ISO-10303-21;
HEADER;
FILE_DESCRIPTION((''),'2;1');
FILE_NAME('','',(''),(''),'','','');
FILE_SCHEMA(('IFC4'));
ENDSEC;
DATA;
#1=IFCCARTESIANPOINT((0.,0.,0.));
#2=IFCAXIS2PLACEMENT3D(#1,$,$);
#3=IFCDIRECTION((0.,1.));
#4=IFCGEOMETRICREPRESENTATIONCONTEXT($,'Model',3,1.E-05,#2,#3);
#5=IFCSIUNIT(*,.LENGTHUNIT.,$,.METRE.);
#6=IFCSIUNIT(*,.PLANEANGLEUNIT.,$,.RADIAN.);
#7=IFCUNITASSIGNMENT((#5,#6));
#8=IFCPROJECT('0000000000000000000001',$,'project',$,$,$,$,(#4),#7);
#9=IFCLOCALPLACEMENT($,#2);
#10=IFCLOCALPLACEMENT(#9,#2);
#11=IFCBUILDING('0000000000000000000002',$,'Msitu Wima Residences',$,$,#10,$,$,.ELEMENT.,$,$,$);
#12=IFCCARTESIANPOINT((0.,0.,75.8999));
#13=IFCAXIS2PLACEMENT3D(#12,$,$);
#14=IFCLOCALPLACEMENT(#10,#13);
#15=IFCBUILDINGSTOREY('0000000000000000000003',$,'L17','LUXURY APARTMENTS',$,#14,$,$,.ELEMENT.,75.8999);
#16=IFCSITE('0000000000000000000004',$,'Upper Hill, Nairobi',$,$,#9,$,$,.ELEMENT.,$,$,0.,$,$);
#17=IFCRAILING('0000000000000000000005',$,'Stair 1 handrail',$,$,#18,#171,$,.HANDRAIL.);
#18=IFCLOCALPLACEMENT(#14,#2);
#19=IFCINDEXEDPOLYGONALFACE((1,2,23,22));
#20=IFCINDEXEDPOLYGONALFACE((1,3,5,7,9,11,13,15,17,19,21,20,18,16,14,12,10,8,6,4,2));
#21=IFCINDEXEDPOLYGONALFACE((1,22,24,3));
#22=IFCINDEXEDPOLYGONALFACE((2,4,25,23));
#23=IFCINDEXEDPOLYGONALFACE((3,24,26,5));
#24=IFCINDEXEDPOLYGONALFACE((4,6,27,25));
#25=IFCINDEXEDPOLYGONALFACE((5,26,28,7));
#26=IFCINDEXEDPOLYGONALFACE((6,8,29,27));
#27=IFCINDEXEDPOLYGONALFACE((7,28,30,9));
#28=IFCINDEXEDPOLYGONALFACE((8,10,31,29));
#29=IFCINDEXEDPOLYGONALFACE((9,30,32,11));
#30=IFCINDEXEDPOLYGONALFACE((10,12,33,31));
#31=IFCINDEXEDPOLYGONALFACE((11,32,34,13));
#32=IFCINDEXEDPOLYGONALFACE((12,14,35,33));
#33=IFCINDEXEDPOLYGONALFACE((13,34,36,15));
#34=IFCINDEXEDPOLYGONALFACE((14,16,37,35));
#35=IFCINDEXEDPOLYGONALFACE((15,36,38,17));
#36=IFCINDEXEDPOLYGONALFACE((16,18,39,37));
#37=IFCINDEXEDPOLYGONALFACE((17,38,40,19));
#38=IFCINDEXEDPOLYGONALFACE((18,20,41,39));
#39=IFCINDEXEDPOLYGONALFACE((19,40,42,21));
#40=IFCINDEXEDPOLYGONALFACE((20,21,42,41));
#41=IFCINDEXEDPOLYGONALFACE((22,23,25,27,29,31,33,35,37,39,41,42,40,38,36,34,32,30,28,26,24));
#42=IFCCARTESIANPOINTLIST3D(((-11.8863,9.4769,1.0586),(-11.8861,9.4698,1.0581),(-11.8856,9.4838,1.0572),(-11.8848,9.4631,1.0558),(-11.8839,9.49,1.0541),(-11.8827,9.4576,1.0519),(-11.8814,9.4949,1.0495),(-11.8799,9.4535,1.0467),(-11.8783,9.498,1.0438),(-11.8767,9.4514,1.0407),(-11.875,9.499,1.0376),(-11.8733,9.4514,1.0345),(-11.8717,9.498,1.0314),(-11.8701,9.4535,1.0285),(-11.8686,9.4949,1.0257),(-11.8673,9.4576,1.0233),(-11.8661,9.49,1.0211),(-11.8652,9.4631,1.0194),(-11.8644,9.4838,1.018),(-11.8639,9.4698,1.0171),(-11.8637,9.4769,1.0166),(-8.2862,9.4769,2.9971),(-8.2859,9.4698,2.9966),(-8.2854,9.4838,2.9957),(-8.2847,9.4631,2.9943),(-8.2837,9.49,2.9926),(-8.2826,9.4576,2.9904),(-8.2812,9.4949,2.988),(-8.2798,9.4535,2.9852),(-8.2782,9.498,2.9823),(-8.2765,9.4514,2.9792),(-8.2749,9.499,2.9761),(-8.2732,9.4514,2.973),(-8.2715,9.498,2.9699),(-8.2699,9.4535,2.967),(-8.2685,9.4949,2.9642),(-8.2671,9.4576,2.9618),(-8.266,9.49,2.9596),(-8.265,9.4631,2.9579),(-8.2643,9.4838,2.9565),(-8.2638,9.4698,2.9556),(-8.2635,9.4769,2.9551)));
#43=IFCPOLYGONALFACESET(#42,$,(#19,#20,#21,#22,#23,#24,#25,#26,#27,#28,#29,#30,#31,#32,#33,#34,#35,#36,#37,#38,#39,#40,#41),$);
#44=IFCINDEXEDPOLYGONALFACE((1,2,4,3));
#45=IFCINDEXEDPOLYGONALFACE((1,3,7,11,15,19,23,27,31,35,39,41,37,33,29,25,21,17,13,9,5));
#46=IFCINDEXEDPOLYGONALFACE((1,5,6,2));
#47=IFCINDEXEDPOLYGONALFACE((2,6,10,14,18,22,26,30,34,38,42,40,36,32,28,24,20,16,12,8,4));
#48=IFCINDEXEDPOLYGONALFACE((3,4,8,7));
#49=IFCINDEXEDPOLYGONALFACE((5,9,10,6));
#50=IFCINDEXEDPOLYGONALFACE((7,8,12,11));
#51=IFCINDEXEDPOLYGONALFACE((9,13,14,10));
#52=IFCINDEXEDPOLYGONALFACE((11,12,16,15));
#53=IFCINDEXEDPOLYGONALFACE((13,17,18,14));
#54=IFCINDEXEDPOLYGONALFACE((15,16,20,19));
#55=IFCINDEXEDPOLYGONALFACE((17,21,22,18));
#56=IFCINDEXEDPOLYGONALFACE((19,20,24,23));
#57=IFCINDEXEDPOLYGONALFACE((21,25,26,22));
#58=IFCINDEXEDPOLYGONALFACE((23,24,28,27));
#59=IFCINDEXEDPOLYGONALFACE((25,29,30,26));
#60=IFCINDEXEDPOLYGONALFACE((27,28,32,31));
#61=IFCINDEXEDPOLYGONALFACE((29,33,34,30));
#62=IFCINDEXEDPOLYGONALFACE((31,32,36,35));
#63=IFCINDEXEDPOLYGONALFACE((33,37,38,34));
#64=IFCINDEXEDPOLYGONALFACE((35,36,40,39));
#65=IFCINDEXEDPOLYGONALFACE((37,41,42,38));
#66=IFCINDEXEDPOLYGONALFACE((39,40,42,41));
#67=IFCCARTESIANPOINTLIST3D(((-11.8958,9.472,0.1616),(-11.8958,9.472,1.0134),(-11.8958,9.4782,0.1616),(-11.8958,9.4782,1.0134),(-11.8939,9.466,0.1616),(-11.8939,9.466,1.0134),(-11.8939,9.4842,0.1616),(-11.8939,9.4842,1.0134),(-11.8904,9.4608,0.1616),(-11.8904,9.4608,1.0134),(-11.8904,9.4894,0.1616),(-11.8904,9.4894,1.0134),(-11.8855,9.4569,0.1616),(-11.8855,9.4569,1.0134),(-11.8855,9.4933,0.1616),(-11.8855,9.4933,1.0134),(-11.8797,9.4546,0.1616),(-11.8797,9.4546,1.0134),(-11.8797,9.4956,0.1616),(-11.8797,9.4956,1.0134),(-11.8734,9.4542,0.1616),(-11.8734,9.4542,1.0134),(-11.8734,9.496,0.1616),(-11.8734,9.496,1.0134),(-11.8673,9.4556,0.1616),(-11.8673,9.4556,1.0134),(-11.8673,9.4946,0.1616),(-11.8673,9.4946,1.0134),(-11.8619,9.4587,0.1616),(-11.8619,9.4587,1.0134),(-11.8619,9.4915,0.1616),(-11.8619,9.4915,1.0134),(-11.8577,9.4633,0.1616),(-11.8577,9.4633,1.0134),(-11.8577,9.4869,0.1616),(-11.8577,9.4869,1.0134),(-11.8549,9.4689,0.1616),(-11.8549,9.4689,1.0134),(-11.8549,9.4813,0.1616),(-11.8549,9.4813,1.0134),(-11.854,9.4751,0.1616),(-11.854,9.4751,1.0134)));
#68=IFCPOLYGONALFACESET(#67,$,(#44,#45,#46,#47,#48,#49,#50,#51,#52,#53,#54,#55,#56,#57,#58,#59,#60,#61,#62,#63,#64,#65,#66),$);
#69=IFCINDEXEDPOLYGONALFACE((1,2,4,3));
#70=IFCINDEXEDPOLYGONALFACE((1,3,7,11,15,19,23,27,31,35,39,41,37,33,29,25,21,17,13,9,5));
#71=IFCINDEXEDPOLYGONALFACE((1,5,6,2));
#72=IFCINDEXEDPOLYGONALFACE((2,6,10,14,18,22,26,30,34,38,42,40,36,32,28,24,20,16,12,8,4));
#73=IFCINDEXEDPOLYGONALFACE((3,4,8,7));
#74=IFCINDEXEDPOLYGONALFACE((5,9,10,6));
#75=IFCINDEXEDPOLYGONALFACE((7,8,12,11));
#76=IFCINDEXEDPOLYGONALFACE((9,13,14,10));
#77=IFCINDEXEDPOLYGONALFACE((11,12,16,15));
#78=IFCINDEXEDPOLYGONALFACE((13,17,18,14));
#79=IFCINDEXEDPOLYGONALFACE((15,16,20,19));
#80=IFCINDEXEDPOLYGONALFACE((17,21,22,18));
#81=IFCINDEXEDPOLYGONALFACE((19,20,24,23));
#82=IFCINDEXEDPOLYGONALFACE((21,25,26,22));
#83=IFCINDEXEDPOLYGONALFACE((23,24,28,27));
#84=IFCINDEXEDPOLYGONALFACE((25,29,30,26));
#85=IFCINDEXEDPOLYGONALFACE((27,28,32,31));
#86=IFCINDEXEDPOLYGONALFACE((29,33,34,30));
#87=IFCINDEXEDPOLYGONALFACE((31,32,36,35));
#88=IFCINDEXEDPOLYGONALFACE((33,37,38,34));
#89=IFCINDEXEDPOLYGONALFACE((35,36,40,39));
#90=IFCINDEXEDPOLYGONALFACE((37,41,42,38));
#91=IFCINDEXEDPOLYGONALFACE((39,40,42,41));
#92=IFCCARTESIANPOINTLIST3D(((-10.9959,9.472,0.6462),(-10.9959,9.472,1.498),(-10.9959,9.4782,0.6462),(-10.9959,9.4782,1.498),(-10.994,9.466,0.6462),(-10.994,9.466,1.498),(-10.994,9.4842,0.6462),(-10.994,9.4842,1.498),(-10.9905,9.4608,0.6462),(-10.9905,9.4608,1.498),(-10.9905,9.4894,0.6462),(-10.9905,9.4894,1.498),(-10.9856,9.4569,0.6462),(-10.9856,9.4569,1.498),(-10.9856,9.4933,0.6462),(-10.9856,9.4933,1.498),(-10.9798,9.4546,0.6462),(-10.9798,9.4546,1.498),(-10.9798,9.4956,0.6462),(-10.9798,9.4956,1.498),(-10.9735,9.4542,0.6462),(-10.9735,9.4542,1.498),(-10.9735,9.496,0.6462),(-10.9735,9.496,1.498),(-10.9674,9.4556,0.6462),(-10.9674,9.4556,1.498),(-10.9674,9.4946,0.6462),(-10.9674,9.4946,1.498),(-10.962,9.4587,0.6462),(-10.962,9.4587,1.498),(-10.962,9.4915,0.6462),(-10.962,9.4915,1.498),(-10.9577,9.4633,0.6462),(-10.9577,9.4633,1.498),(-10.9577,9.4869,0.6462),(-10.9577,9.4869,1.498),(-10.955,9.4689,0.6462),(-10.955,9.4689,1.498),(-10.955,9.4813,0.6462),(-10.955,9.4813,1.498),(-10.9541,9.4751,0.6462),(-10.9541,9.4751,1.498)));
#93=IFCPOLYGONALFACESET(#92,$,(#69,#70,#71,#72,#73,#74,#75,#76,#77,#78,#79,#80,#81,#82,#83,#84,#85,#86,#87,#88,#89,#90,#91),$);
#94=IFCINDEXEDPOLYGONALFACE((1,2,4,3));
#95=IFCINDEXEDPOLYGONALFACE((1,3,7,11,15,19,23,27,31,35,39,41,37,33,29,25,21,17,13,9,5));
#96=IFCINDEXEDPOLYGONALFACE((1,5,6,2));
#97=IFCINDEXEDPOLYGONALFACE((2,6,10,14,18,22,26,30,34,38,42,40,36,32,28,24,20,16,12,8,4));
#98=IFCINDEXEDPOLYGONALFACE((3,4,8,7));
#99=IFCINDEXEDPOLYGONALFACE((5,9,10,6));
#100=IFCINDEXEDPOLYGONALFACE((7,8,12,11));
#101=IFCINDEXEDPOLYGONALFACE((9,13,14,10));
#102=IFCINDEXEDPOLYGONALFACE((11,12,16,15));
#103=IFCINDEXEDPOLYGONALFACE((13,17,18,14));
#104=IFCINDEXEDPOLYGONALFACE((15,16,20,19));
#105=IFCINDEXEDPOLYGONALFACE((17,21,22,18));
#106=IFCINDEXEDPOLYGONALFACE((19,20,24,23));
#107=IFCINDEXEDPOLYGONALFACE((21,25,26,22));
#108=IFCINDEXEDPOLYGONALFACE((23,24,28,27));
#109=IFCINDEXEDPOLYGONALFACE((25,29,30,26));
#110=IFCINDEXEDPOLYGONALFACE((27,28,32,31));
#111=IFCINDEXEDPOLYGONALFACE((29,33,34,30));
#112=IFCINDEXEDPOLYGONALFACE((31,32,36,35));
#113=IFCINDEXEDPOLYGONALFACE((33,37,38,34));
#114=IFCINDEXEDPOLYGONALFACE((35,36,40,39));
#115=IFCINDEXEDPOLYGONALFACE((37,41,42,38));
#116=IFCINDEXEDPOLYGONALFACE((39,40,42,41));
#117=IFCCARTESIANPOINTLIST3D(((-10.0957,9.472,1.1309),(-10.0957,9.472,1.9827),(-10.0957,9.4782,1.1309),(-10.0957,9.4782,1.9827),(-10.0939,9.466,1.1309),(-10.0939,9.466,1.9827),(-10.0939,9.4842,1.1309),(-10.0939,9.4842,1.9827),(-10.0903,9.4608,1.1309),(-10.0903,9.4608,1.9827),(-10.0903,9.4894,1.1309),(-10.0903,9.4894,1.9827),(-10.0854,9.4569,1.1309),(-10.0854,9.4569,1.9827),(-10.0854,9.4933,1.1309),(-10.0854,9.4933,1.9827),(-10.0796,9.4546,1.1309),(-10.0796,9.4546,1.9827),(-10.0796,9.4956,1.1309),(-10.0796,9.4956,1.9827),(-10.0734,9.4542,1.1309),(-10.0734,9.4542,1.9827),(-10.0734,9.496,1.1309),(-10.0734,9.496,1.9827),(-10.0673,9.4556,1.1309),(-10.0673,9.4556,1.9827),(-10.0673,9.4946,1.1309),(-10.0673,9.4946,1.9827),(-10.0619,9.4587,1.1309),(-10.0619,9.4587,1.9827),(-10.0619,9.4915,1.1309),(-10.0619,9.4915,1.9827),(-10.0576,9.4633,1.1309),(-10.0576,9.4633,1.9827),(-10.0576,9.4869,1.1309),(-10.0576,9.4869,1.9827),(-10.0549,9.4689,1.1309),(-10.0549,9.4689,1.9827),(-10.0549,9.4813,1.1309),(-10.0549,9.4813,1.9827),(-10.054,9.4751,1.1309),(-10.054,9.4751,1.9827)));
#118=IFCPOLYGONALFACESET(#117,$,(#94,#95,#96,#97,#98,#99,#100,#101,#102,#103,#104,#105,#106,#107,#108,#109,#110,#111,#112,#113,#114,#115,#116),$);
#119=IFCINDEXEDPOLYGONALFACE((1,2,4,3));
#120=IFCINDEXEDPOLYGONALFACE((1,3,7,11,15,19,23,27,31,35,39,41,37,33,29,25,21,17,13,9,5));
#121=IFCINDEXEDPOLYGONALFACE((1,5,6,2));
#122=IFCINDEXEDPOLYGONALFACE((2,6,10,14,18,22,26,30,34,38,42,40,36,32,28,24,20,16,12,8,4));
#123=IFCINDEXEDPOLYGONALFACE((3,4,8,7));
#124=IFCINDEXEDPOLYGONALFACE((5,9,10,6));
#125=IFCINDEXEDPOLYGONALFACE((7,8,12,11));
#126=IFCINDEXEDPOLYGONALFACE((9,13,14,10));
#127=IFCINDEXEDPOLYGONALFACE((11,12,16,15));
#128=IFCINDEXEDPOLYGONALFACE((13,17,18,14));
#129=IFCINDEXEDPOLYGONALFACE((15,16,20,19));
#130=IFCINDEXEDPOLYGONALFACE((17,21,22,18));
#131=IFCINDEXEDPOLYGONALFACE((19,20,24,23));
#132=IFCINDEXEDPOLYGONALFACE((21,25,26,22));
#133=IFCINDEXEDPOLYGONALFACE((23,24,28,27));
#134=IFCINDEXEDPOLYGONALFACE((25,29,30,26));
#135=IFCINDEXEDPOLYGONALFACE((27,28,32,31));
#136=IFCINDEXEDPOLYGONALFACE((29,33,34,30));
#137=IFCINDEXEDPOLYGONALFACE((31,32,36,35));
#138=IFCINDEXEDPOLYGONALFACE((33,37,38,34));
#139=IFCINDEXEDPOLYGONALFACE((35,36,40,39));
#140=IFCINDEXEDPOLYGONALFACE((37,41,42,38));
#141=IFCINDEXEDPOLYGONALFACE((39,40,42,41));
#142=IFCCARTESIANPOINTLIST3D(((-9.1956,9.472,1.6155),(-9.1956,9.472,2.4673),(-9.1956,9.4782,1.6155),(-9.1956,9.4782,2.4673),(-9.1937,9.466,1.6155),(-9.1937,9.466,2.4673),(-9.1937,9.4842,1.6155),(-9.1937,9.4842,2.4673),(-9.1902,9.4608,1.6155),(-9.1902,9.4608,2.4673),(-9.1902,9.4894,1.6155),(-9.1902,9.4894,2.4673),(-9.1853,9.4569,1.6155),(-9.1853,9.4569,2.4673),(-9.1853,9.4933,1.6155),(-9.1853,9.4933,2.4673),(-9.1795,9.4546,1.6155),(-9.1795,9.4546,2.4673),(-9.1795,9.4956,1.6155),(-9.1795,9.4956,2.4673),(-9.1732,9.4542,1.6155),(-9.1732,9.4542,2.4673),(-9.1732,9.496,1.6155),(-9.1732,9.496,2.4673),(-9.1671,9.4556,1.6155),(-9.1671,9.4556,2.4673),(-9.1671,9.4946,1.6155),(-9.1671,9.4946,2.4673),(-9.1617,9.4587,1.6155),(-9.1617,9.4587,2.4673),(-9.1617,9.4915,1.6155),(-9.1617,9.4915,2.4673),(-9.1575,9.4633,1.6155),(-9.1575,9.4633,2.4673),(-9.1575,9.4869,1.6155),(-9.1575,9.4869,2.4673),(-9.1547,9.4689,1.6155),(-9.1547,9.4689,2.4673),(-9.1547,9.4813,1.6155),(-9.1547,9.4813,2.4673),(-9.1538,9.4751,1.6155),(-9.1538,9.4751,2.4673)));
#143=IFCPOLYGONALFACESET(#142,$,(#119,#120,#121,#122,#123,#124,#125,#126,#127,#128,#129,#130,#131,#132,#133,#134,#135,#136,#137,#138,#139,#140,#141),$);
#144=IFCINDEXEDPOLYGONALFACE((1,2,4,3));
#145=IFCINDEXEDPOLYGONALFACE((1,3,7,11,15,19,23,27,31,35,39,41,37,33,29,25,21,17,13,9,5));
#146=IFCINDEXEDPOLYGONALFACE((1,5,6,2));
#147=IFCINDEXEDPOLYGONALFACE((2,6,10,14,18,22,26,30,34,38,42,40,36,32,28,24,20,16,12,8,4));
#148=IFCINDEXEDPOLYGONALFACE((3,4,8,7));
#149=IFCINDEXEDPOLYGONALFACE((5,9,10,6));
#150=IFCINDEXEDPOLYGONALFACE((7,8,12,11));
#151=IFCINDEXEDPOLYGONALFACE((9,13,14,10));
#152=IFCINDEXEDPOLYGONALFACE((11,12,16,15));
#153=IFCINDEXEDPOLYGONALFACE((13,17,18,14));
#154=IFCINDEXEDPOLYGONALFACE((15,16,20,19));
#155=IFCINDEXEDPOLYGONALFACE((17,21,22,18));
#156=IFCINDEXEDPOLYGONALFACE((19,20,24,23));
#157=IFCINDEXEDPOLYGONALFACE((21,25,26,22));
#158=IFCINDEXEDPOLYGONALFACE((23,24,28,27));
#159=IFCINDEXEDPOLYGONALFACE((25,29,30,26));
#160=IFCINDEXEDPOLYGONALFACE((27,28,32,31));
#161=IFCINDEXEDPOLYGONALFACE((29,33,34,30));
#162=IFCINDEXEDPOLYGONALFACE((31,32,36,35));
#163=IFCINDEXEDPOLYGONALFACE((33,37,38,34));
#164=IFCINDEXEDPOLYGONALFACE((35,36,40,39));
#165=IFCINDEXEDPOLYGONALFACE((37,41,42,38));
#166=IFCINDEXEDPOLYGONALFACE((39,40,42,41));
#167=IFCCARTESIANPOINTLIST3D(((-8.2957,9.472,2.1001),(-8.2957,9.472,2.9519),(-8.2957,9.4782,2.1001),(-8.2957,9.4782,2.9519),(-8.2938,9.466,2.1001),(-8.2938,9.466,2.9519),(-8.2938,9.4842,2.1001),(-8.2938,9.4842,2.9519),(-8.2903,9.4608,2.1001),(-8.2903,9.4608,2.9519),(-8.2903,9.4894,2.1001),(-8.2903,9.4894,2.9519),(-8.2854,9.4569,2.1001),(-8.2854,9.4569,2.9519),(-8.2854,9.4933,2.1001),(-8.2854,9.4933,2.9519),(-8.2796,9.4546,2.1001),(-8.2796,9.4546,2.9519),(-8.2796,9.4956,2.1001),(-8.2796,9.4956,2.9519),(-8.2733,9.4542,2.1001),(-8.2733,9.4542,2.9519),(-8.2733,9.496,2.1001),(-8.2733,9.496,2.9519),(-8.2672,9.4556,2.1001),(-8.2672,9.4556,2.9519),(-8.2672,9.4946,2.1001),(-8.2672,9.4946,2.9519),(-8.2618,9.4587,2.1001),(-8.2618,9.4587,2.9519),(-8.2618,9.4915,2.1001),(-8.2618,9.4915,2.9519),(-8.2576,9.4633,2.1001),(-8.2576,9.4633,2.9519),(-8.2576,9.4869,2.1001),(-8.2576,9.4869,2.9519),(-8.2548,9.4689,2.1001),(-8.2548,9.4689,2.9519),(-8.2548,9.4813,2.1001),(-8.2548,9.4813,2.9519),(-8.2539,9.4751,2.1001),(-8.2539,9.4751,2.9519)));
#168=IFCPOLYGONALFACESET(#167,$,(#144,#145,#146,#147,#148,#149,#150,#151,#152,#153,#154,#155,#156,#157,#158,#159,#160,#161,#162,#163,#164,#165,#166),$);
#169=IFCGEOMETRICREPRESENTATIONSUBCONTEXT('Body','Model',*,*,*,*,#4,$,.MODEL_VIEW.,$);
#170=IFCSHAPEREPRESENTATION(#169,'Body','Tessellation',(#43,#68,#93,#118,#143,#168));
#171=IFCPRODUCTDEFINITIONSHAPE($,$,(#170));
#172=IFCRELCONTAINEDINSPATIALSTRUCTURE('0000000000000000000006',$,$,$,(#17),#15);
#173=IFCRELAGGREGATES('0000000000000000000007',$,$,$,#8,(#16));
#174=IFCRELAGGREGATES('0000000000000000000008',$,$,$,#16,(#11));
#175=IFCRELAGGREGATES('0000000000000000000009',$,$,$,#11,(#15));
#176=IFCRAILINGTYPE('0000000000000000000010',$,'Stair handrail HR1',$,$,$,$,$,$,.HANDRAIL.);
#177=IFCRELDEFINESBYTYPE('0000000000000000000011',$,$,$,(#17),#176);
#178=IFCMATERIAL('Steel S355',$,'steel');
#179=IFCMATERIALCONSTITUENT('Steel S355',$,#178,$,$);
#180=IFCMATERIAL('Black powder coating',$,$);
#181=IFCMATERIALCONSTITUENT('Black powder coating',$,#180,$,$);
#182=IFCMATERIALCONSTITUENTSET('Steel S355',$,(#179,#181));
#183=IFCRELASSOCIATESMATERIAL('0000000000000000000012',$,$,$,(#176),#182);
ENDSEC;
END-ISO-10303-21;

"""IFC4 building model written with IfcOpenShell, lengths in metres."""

from ifc_helpers import new_model, si_unit, direction, frame, origin, origin_2d, place, context, subcontext, project, spatial, circle, extrude, material, constituent, constituent_set, type_object, element, save


model = new_model("IFC4")

# Units and contexts
model_context = context("Model", 3, precision=1e-05, world=origin(), true_north=direction((0.0, 1.0)))
body_context = subcontext(model_context, "Body", "Model", "MODEL_VIEW")
ifc_project = project(units=[si_unit("LENGTHUNIT", "METRE"), si_unit("PLANEANGLEUNIT", "RADIAN")], contexts=[model_context])

# Site, building, storey
site_placement = place(None, origin())
site = spatial("IfcSite", under=ifc_project, at=site_placement, Name="Upper Hill, Nairobi", CompositionType="ELEMENT", RefElevation=0.0)
building_placement = place(site_placement, origin())
building = spatial("IfcBuilding", under=site, at=building_placement, Name="Msitu Wima Residences", CompositionType="ELEMENT")
storey_placement = place(building_placement, frame((0.0, 0.0, 75.8999)))
storey = spatial("IfcBuildingStorey", under=building, at=storey_placement, Name="L17", Description="LUXURY APARTMENTS", CompositionType="ELEMENT", Elevation=75.8999)

# Railing
ifc_material_1 = material(Name="Steel S355", Category="steel")
ifc_constituent_1 = constituent(ifc_material_1, Name="Steel S355")
ifc_material_2 = material(Name="Black powder coating")
ifc_constituent_2 = constituent(ifc_material_2, Name="Black powder coating")
ifc_constituent_set = constituent_set(constituents=[ifc_constituent_1, ifc_constituent_2], Name="Steel S355")
railing_type = type_object("IfcRailingType", Name="Stair handrail HR1", PredefinedType="HANDRAIL", material=ifc_constituent_set)
for number, where, name in (
    (1, (-11.875, 9.4751, 0.1616), "Stair 1 handrail"),
):
    element("IfcRailing", number, at=place(storey_placement, frame(where)), inside=storey, type_object=railing_type, Name=name, PredefinedType="HANDRAIL", context=body_context, shape_type="SweptSolid", body=[
        extrude(circle(Radius=0.0239, at=origin_2d()), frame((0.0, 0.0, 0.876), z_axis=(0.880475, 0.0, 0.474093), x_axis=(0.0, 1.0, 0.0)), (0.0, 0.0, 1.0), 4.0889),
        extrude(circle(Radius=0.021, at=origin_2d()), origin(), (0.0, 0.0, 1.0), 0.8518),
        extrude(circle(Radius=0.021, at=origin_2d()), frame((0.8999, 0.0, 0.4846)), (0.0, 0.0, 1.0), 0.8518),
        extrude(circle(Radius=0.021, at=origin_2d()), frame((1.8, 0.0, 0.9692)), (0.0, 0.0, 1.0), 0.8518),
        extrude(circle(Radius=0.021, at=origin_2d()), frame((2.7002, 0.0, 1.4539)), (0.0, 0.0, 1.0), 0.8518),
        extrude(circle(Radius=0.021, at=origin_2d()), frame((3.6001, 0.0, 1.9385)), (0.0, 0.0, 1.0), 0.8518),
    ])

save(model, "model.ifc")
